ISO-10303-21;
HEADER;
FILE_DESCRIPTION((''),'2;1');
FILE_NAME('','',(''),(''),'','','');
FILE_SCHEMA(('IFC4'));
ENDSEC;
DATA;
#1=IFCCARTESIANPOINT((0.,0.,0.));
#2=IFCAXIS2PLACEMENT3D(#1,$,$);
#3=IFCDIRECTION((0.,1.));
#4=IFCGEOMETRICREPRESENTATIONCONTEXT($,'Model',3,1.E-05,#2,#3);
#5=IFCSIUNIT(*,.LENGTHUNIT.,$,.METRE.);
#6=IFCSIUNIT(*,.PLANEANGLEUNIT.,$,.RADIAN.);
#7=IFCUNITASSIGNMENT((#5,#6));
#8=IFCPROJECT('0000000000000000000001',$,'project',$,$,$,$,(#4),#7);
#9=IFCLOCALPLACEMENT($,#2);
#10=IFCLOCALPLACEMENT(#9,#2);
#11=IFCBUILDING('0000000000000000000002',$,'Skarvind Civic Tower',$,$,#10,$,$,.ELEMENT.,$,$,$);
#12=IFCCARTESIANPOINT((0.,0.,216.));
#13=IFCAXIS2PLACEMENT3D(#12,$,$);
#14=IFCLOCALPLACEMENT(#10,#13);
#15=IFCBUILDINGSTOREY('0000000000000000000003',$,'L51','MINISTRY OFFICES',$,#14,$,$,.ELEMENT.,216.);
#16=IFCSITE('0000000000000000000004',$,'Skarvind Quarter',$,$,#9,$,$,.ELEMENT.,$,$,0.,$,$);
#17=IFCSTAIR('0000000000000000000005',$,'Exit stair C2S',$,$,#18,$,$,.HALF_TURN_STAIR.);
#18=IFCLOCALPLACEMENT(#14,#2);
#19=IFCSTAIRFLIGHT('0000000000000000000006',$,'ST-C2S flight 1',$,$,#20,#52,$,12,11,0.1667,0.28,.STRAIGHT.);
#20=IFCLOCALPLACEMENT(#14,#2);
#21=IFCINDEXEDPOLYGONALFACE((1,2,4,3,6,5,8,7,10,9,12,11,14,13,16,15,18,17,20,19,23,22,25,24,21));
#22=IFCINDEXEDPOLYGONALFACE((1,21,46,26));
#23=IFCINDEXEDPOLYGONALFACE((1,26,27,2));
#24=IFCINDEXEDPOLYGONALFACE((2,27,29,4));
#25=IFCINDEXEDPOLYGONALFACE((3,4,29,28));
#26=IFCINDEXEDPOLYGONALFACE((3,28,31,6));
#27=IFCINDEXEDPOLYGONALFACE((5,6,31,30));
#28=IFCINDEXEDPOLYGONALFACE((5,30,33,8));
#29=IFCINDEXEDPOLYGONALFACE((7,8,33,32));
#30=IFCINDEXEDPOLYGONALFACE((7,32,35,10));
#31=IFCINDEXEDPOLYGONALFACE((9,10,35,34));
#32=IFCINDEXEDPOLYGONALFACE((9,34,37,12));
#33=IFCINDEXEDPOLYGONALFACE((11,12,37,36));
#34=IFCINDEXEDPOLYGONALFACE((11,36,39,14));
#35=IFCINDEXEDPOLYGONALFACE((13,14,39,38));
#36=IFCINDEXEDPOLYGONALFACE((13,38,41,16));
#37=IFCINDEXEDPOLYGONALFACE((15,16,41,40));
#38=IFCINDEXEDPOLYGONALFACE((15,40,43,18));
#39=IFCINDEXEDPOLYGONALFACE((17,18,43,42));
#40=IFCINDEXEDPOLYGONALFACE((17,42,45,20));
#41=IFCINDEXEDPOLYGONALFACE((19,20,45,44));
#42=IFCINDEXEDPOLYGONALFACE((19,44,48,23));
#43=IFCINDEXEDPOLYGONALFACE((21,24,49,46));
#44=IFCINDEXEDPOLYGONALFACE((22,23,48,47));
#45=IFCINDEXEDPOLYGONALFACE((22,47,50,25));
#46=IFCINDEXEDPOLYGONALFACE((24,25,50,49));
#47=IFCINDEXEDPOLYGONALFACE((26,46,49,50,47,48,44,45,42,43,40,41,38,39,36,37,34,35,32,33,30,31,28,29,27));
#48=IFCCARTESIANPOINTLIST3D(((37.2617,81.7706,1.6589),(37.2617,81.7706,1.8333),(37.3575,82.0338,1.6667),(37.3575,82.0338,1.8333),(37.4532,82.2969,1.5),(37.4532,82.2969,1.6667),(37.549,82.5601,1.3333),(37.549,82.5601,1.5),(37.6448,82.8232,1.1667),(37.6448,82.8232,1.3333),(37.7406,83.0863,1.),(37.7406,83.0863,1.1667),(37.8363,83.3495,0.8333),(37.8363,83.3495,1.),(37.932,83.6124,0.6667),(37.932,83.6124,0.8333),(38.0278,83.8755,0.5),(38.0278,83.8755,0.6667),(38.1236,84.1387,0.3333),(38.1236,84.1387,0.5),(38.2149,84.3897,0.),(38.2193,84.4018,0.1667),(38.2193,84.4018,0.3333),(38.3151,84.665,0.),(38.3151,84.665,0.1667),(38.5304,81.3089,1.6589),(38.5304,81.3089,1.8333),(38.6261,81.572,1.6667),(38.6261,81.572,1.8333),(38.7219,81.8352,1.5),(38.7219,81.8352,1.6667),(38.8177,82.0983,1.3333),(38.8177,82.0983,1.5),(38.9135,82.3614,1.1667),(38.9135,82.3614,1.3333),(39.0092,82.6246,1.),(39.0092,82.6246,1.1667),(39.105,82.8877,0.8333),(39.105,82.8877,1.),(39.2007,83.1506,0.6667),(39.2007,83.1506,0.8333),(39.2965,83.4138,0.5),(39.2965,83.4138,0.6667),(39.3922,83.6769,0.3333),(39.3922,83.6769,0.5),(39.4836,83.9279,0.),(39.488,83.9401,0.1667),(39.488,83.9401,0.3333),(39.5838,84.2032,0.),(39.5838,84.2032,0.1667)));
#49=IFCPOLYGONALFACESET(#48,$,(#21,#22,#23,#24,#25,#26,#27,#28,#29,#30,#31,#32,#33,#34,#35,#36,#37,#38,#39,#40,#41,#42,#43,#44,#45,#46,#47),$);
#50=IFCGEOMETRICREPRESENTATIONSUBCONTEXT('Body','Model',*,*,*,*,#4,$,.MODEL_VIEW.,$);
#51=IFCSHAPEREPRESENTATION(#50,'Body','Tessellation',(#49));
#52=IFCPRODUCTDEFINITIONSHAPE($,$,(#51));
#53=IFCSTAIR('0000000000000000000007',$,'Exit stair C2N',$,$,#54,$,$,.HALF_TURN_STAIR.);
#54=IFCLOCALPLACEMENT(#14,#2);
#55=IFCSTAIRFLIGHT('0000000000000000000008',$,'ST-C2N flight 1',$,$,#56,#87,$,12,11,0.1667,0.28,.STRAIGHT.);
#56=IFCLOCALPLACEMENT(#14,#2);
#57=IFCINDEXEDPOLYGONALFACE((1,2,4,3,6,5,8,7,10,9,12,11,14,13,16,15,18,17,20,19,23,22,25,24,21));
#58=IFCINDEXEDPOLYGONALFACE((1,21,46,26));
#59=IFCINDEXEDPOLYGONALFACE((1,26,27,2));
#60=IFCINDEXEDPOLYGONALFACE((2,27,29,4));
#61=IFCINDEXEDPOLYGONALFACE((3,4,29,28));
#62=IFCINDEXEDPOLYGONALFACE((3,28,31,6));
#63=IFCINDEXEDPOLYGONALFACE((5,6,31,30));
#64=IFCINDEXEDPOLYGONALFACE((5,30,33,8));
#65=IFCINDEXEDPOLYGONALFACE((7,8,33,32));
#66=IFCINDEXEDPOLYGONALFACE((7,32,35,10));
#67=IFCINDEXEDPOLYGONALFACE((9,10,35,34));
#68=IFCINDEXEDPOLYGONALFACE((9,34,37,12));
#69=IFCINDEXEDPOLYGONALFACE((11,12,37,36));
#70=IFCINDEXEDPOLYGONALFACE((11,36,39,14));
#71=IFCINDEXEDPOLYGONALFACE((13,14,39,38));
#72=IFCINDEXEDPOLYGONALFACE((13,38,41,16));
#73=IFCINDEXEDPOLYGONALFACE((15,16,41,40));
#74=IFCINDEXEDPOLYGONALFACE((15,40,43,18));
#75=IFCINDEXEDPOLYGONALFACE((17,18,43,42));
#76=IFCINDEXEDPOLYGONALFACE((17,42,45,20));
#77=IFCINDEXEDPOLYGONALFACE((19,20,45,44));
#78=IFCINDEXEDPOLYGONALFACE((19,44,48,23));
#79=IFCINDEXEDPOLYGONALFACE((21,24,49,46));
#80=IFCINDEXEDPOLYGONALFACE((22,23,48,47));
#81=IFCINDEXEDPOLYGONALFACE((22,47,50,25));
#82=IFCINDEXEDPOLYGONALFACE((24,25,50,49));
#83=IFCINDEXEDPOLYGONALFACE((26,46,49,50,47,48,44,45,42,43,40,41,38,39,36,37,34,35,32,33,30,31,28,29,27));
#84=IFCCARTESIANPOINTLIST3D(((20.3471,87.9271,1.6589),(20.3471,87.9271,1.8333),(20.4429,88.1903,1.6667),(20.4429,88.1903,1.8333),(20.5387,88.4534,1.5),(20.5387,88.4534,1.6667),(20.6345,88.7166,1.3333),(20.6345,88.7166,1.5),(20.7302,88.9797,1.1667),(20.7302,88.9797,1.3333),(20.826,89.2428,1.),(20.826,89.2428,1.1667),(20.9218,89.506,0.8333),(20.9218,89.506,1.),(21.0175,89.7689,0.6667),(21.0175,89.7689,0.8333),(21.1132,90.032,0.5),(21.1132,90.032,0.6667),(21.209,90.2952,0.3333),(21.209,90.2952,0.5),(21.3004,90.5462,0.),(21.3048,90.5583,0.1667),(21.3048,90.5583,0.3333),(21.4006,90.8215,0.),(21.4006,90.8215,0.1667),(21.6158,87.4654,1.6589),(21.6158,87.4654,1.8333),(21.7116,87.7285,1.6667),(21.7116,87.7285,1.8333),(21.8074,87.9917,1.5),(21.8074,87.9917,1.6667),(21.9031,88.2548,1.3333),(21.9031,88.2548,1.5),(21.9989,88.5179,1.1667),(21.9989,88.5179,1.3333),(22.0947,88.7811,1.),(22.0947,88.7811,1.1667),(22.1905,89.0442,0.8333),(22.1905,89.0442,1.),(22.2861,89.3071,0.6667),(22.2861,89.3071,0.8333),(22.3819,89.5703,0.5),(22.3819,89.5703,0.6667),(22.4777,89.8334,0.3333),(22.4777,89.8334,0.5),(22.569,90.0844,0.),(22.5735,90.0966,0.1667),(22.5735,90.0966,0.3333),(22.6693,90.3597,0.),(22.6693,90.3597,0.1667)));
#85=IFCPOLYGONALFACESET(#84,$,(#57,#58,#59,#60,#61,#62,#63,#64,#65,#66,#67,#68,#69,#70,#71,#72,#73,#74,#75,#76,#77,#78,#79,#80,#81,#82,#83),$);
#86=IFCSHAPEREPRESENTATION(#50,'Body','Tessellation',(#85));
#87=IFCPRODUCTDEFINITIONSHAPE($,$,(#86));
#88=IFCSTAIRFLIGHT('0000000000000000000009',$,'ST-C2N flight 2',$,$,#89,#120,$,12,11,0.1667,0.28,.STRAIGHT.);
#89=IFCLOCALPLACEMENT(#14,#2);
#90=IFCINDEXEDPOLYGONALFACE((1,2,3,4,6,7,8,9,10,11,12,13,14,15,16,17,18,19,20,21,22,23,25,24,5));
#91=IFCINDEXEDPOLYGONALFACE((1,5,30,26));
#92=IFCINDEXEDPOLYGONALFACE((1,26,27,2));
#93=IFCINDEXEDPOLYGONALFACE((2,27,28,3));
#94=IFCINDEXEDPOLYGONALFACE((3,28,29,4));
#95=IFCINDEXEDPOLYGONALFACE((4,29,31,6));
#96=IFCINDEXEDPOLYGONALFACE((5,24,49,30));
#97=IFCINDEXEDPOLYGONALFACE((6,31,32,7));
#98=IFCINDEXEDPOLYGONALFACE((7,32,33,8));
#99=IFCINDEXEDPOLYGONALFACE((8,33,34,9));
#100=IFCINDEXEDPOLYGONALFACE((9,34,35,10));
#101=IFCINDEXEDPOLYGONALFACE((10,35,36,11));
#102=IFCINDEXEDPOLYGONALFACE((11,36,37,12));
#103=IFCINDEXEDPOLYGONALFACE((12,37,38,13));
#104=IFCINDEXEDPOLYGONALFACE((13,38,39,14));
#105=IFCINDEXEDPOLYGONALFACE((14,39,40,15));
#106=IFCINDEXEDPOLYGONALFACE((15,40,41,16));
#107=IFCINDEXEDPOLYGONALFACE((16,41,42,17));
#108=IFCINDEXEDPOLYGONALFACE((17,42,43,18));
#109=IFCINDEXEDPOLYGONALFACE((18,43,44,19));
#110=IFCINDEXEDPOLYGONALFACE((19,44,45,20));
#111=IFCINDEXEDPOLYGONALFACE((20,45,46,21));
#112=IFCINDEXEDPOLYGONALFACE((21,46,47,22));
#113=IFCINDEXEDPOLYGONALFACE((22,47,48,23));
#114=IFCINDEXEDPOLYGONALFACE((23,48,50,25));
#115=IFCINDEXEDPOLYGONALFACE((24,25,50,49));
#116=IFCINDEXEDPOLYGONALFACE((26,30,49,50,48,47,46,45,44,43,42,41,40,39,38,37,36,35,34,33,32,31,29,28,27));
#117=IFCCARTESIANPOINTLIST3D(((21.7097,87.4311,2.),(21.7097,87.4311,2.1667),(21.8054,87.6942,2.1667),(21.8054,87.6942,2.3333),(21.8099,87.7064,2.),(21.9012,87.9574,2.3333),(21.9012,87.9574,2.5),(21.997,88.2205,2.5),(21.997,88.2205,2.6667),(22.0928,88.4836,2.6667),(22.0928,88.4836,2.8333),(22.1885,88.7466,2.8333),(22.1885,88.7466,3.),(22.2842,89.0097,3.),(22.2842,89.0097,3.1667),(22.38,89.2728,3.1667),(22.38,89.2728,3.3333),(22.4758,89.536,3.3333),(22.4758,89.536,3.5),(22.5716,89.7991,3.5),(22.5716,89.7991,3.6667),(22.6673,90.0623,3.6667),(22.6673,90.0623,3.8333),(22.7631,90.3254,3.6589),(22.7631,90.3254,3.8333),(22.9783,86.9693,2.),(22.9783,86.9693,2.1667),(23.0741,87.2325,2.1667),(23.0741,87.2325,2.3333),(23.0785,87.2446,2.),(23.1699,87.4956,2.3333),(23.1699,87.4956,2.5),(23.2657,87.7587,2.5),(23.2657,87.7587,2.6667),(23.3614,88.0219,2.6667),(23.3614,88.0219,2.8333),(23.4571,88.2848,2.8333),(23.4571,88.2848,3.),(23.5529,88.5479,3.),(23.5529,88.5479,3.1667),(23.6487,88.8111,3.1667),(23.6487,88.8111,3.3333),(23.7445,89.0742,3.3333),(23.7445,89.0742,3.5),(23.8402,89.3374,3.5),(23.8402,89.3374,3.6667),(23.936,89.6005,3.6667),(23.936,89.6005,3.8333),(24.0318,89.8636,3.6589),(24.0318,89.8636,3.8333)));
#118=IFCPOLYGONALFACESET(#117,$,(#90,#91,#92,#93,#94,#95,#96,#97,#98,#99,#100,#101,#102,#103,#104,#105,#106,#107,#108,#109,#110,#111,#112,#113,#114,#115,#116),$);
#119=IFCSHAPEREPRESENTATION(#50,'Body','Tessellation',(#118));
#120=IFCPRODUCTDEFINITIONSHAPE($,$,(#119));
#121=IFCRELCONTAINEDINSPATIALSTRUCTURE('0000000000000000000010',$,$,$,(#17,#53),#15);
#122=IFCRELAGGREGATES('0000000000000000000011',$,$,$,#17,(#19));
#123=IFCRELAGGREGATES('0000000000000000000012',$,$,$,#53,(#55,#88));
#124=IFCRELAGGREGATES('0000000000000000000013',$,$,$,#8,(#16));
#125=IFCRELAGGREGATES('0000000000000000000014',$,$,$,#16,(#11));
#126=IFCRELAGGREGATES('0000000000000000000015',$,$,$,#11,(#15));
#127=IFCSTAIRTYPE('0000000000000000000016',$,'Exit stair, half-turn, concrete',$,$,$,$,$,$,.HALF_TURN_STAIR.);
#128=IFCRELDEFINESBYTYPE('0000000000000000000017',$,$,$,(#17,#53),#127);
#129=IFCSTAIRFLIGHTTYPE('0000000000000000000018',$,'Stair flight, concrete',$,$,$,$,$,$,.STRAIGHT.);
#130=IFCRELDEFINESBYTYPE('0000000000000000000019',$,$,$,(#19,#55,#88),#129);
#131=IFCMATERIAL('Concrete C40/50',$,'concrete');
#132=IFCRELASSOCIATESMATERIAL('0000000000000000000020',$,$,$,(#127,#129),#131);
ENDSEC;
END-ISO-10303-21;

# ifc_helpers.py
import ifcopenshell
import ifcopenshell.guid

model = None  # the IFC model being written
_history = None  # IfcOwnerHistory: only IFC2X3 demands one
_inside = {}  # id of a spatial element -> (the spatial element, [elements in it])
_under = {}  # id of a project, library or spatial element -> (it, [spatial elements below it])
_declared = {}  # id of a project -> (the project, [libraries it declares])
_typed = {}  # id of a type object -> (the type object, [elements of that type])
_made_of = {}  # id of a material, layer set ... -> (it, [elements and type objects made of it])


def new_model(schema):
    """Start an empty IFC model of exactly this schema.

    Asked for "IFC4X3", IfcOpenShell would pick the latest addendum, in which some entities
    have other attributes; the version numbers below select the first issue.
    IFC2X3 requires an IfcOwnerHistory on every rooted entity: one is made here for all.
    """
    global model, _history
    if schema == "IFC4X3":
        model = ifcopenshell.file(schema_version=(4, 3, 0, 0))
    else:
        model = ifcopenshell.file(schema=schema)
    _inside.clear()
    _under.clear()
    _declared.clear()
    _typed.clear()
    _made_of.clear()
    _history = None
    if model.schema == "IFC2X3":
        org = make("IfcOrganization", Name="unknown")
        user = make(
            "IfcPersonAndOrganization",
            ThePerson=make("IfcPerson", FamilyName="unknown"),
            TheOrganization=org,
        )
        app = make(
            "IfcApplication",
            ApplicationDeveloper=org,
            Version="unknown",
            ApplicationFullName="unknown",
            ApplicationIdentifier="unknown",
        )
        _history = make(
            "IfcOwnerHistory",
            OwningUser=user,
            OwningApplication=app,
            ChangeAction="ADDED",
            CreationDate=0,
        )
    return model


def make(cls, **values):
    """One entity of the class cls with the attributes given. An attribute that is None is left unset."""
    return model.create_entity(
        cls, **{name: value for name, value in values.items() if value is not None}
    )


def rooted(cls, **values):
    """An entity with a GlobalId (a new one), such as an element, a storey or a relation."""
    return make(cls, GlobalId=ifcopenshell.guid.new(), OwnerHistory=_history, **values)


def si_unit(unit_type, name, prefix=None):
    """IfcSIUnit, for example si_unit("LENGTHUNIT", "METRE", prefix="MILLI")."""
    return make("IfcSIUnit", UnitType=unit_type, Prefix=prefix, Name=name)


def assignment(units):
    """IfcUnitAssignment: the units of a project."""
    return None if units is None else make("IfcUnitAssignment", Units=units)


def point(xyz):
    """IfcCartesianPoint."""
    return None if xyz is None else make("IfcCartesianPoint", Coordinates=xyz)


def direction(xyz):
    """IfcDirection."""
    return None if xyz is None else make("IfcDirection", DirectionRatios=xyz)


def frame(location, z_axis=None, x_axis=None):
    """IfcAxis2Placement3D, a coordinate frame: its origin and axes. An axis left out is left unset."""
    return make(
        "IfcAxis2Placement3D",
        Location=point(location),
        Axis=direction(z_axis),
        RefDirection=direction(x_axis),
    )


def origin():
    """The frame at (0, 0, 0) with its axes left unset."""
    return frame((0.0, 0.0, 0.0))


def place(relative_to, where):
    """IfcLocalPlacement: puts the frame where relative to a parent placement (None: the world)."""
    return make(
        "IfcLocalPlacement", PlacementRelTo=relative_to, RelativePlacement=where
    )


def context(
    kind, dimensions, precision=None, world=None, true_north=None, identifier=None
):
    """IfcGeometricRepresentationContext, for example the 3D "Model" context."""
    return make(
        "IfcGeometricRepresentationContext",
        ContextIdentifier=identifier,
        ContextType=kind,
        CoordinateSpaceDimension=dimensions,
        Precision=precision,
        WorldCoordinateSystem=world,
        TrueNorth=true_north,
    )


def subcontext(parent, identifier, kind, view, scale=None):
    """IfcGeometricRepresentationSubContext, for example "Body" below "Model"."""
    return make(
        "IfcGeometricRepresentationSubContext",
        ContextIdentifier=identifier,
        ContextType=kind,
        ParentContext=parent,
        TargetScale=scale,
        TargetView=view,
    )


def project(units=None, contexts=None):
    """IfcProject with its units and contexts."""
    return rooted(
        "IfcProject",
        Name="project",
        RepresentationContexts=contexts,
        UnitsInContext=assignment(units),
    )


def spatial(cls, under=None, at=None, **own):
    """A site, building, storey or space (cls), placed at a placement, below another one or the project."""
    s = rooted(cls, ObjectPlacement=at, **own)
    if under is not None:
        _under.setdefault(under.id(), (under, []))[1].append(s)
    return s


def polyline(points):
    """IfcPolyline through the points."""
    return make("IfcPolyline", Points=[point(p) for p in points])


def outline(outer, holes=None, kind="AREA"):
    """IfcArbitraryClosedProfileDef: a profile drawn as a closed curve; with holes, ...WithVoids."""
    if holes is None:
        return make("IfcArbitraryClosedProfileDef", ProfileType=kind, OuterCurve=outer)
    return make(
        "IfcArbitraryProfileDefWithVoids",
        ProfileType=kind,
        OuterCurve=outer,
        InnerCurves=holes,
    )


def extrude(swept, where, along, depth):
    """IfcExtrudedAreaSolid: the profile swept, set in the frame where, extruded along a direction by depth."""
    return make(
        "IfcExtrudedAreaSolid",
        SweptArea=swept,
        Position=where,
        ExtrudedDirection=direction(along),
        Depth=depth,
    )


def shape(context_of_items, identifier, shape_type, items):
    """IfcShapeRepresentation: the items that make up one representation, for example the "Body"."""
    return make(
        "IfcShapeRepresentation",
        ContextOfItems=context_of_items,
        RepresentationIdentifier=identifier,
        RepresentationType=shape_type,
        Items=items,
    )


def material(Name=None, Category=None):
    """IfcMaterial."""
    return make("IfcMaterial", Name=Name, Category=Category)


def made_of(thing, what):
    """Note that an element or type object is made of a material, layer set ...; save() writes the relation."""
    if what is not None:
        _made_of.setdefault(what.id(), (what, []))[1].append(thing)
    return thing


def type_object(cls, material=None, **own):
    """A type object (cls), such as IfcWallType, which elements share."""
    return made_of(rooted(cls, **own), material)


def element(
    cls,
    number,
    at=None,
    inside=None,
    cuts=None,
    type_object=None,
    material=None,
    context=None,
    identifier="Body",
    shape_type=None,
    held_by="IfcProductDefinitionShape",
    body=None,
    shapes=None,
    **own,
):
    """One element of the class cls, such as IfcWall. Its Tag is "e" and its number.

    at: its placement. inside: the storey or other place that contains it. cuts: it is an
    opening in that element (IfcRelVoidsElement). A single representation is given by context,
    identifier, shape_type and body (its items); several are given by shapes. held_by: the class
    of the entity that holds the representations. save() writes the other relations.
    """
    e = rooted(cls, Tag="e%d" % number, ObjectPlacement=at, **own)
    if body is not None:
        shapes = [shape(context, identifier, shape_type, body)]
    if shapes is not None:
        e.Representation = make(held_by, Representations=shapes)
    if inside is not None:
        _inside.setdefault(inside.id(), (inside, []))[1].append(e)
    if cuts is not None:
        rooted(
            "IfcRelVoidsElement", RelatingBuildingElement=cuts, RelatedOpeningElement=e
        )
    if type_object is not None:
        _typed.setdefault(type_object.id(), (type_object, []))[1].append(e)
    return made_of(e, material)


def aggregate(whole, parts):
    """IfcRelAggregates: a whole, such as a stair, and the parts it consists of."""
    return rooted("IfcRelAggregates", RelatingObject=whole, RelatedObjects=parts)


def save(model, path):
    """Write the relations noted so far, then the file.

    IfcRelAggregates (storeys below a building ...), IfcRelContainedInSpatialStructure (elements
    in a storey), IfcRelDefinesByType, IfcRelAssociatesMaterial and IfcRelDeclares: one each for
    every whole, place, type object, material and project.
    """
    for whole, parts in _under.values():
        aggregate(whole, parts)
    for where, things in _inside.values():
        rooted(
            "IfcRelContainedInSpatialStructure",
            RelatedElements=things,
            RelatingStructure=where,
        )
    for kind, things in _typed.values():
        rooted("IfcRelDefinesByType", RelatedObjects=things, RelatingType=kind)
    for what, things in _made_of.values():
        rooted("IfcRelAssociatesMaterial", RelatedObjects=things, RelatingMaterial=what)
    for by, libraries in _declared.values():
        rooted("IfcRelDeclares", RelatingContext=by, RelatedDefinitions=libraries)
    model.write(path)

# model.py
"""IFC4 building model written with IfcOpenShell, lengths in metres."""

from ifc_helpers import new_model, si_unit, direction, frame, origin, place, context, subcontext, project, spatial, polyline, outline, extrude, material, type_object, element, aggregate, save


model = new_model("IFC4")

# Units and contexts
model_context = context("Model", 3, precision=1e-05, world=origin(), true_north=direction((0.0, 1.0)))
body_context = subcontext(model_context, "Body", "Model", "MODEL_VIEW")
ifc_project = project(units=[si_unit("LENGTHUNIT", "METRE"), si_unit("PLANEANGLEUNIT", "RADIAN")], contexts=[model_context])

# Site, building, storey
site_placement = place(None, origin())
site = spatial("IfcSite", under=ifc_project, at=site_placement, Name="Skarvind Quarter", CompositionType="ELEMENT", RefElevation=0.0)
building_placement = place(site_placement, origin())
building = spatial("IfcBuilding", under=site, at=building_placement, Name="Skarvind Civic Tower", CompositionType="ELEMENT")
storey_placement = place(building_placement, frame((0.0, 0.0, 216.0)))
storey = spatial("IfcBuildingStorey", under=building, at=storey_placement, Name="L51", Description="MINISTRY OFFICES", CompositionType="ELEMENT", Elevation=216.0)

# Stair, stair flight
ifc_material_1 = material(Name="Concrete C40/50", Category="concrete")
stair_type = type_object("IfcStairType", Name="Exit stair, half-turn, concrete", PredefinedType="HALF_TURN_STAIR", material=ifc_material_1)
stair_1_placement = place(storey_placement, origin())
stair_1 = element("IfcStair", 1, at=stair_1_placement, inside=storey, type_object=stair_type, Name="Exit stair C2S", PredefinedType="HALF_TURN_STAIR")
stair_flight_type = type_object("IfcStairFlightType", Name="Stair flight, concrete", PredefinedType="STRAIGHT", material=ifc_material_1)
stair_flight_1_placement = place(storey_placement, frame((38.9495, 84.4341, 0.0), z_axis=(0.0, 0.0, 1.0), x_axis=(-0.34202, -0.939693, 0.0)))
stair_flight_1 = element("IfcStairFlight", 2, at=stair_flight_1_placement, type_object=stair_flight_type, Name="ST-C2S flight 1", NumberOfRisers=12, NumberOfTreads=11, PredefinedType="STRAIGHT", RiserHeight=0.1667, TreadLength=0.28, context=body_context, shape_type="SweptSolid", body=[
    extrude(outline(polyline([(0.0, 0.0), (0.0, 0.1667), (0.28, 0.1667), (0.28, 0.3333), (0.5601, 0.3333), (0.5601, 0.5), (0.8401, 0.5), (0.8401, 0.6667), (1.1201, 0.6667), (1.1201, 0.8333), (1.3999, 0.8333), (1.3999, 1.0), (1.6799, 1.0), (1.6799, 1.1667), (1.96, 1.1667), (1.96, 1.3333), (2.24, 1.3333), (2.24, 1.5), (2.52, 1.5), (2.52, 1.6667), (2.8, 1.6667), (2.8, 1.8333), (3.0801, 1.8333), (3.0801, 2.0), (3.0801, 1.6589), (0.293, 0.0), (0.0, 0.0)])), frame((0.0, 0.675, 0.0), z_axis=(0.0, -1.0, 0.0), x_axis=(1.0, 0.0, 0.0)), (0.0, 0.0, 1.0), 1.3501),
])
aggregate(stair_1, [stair_flight_1])

# Stair, stair flights
stair_2_placement = place(storey_placement, origin())
stair_2 = element("IfcStair", 3, at=stair_2_placement, inside=storey, type_object=stair_type, Name="Exit stair C2N", PredefinedType="HALF_TURN_STAIR")
stair_flight_2_placement = place(storey_placement, frame((22.0349, 90.5906, 0.0), z_axis=(0.0, 0.0, 1.0), x_axis=(-0.34202, -0.939693, 0.0)))
stair_flight_2 = element("IfcStairFlight", 4, at=stair_flight_2_placement, type_object=stair_flight_type, Name="ST-C2N flight 1", NumberOfRisers=12, NumberOfTreads=11, PredefinedType="STRAIGHT", RiserHeight=0.1667, TreadLength=0.28, context=body_context, shape_type="SweptSolid", body=[
    extrude(outline(polyline([(0.0, 0.0), (0.0, 0.1667), (0.28, 0.1667), (0.28, 0.3333), (0.5601, 0.3333), (0.5601, 0.5), (0.8401, 0.5), (0.8401, 0.6667), (1.1201, 0.6667), (1.1201, 0.8333), (1.3999, 0.8333), (1.3999, 1.0), (1.6799, 1.0), (1.6799, 1.1667), (1.96, 1.1667), (1.96, 1.3333), (2.24, 1.3333), (2.24, 1.5), (2.52, 1.5), (2.52, 1.6667), (2.8, 1.6667), (2.8, 1.8333), (3.0801, 1.8333), (3.0801, 2.0), (3.0801, 1.6589), (0.293, 0.0), (0.0, 0.0)])), frame((0.0, 0.675, 0.0), z_axis=(0.0, -1.0, 0.0), x_axis=(1.0, 0.0, 0.0)), (0.0, 0.0, 1.0), 1.3501),
])
stair_flight_3_placement = place(storey_placement, frame((22.344, 87.2002, 2.0), z_axis=(0.0, 0.0, 1.0), x_axis=(0.34202, 0.939693, 0.0)))
stair_flight_3 = element("IfcStairFlight", 5, at=stair_flight_3_placement, type_object=stair_flight_type, Name="ST-C2N flight 2", NumberOfRisers=12, NumberOfTreads=11, PredefinedType="STRAIGHT", RiserHeight=0.1667, TreadLength=0.28, context=body_context, shape_type="SweptSolid", body=[
    extrude(outline(polyline([(0.0, 0.0), (0.0, 0.1667), (0.28, 0.1667), (0.28, 0.3333), (0.5601, 0.3333), (0.5601, 0.5), (0.8401, 0.5), (0.8401, 0.6667), (1.1201, 0.6667), (1.1201, 0.8333), (1.3999, 0.8333), (1.3999, 1.0), (1.6799, 1.0), (1.6799, 1.1667), (1.96, 1.1667), (1.96, 1.3333), (2.24, 1.3333), (2.24, 1.5), (2.52, 1.5), (2.52, 1.6667), (2.8, 1.6667), (2.8, 1.8333), (3.0801, 1.8333), (3.0801, 2.0), (3.0801, 1.6589), (0.293, 0.0), (0.0, 0.0)])), frame((0.0, 0.675, 0.0), z_axis=(0.0, -1.0, 0.0), x_axis=(1.0, 0.0, 0.0)), (0.0, 0.0, 1.0), 1.3501),
])
aggregate(stair_2, [stair_flight_2, stair_flight_3])

save(model, "model.ifc")
